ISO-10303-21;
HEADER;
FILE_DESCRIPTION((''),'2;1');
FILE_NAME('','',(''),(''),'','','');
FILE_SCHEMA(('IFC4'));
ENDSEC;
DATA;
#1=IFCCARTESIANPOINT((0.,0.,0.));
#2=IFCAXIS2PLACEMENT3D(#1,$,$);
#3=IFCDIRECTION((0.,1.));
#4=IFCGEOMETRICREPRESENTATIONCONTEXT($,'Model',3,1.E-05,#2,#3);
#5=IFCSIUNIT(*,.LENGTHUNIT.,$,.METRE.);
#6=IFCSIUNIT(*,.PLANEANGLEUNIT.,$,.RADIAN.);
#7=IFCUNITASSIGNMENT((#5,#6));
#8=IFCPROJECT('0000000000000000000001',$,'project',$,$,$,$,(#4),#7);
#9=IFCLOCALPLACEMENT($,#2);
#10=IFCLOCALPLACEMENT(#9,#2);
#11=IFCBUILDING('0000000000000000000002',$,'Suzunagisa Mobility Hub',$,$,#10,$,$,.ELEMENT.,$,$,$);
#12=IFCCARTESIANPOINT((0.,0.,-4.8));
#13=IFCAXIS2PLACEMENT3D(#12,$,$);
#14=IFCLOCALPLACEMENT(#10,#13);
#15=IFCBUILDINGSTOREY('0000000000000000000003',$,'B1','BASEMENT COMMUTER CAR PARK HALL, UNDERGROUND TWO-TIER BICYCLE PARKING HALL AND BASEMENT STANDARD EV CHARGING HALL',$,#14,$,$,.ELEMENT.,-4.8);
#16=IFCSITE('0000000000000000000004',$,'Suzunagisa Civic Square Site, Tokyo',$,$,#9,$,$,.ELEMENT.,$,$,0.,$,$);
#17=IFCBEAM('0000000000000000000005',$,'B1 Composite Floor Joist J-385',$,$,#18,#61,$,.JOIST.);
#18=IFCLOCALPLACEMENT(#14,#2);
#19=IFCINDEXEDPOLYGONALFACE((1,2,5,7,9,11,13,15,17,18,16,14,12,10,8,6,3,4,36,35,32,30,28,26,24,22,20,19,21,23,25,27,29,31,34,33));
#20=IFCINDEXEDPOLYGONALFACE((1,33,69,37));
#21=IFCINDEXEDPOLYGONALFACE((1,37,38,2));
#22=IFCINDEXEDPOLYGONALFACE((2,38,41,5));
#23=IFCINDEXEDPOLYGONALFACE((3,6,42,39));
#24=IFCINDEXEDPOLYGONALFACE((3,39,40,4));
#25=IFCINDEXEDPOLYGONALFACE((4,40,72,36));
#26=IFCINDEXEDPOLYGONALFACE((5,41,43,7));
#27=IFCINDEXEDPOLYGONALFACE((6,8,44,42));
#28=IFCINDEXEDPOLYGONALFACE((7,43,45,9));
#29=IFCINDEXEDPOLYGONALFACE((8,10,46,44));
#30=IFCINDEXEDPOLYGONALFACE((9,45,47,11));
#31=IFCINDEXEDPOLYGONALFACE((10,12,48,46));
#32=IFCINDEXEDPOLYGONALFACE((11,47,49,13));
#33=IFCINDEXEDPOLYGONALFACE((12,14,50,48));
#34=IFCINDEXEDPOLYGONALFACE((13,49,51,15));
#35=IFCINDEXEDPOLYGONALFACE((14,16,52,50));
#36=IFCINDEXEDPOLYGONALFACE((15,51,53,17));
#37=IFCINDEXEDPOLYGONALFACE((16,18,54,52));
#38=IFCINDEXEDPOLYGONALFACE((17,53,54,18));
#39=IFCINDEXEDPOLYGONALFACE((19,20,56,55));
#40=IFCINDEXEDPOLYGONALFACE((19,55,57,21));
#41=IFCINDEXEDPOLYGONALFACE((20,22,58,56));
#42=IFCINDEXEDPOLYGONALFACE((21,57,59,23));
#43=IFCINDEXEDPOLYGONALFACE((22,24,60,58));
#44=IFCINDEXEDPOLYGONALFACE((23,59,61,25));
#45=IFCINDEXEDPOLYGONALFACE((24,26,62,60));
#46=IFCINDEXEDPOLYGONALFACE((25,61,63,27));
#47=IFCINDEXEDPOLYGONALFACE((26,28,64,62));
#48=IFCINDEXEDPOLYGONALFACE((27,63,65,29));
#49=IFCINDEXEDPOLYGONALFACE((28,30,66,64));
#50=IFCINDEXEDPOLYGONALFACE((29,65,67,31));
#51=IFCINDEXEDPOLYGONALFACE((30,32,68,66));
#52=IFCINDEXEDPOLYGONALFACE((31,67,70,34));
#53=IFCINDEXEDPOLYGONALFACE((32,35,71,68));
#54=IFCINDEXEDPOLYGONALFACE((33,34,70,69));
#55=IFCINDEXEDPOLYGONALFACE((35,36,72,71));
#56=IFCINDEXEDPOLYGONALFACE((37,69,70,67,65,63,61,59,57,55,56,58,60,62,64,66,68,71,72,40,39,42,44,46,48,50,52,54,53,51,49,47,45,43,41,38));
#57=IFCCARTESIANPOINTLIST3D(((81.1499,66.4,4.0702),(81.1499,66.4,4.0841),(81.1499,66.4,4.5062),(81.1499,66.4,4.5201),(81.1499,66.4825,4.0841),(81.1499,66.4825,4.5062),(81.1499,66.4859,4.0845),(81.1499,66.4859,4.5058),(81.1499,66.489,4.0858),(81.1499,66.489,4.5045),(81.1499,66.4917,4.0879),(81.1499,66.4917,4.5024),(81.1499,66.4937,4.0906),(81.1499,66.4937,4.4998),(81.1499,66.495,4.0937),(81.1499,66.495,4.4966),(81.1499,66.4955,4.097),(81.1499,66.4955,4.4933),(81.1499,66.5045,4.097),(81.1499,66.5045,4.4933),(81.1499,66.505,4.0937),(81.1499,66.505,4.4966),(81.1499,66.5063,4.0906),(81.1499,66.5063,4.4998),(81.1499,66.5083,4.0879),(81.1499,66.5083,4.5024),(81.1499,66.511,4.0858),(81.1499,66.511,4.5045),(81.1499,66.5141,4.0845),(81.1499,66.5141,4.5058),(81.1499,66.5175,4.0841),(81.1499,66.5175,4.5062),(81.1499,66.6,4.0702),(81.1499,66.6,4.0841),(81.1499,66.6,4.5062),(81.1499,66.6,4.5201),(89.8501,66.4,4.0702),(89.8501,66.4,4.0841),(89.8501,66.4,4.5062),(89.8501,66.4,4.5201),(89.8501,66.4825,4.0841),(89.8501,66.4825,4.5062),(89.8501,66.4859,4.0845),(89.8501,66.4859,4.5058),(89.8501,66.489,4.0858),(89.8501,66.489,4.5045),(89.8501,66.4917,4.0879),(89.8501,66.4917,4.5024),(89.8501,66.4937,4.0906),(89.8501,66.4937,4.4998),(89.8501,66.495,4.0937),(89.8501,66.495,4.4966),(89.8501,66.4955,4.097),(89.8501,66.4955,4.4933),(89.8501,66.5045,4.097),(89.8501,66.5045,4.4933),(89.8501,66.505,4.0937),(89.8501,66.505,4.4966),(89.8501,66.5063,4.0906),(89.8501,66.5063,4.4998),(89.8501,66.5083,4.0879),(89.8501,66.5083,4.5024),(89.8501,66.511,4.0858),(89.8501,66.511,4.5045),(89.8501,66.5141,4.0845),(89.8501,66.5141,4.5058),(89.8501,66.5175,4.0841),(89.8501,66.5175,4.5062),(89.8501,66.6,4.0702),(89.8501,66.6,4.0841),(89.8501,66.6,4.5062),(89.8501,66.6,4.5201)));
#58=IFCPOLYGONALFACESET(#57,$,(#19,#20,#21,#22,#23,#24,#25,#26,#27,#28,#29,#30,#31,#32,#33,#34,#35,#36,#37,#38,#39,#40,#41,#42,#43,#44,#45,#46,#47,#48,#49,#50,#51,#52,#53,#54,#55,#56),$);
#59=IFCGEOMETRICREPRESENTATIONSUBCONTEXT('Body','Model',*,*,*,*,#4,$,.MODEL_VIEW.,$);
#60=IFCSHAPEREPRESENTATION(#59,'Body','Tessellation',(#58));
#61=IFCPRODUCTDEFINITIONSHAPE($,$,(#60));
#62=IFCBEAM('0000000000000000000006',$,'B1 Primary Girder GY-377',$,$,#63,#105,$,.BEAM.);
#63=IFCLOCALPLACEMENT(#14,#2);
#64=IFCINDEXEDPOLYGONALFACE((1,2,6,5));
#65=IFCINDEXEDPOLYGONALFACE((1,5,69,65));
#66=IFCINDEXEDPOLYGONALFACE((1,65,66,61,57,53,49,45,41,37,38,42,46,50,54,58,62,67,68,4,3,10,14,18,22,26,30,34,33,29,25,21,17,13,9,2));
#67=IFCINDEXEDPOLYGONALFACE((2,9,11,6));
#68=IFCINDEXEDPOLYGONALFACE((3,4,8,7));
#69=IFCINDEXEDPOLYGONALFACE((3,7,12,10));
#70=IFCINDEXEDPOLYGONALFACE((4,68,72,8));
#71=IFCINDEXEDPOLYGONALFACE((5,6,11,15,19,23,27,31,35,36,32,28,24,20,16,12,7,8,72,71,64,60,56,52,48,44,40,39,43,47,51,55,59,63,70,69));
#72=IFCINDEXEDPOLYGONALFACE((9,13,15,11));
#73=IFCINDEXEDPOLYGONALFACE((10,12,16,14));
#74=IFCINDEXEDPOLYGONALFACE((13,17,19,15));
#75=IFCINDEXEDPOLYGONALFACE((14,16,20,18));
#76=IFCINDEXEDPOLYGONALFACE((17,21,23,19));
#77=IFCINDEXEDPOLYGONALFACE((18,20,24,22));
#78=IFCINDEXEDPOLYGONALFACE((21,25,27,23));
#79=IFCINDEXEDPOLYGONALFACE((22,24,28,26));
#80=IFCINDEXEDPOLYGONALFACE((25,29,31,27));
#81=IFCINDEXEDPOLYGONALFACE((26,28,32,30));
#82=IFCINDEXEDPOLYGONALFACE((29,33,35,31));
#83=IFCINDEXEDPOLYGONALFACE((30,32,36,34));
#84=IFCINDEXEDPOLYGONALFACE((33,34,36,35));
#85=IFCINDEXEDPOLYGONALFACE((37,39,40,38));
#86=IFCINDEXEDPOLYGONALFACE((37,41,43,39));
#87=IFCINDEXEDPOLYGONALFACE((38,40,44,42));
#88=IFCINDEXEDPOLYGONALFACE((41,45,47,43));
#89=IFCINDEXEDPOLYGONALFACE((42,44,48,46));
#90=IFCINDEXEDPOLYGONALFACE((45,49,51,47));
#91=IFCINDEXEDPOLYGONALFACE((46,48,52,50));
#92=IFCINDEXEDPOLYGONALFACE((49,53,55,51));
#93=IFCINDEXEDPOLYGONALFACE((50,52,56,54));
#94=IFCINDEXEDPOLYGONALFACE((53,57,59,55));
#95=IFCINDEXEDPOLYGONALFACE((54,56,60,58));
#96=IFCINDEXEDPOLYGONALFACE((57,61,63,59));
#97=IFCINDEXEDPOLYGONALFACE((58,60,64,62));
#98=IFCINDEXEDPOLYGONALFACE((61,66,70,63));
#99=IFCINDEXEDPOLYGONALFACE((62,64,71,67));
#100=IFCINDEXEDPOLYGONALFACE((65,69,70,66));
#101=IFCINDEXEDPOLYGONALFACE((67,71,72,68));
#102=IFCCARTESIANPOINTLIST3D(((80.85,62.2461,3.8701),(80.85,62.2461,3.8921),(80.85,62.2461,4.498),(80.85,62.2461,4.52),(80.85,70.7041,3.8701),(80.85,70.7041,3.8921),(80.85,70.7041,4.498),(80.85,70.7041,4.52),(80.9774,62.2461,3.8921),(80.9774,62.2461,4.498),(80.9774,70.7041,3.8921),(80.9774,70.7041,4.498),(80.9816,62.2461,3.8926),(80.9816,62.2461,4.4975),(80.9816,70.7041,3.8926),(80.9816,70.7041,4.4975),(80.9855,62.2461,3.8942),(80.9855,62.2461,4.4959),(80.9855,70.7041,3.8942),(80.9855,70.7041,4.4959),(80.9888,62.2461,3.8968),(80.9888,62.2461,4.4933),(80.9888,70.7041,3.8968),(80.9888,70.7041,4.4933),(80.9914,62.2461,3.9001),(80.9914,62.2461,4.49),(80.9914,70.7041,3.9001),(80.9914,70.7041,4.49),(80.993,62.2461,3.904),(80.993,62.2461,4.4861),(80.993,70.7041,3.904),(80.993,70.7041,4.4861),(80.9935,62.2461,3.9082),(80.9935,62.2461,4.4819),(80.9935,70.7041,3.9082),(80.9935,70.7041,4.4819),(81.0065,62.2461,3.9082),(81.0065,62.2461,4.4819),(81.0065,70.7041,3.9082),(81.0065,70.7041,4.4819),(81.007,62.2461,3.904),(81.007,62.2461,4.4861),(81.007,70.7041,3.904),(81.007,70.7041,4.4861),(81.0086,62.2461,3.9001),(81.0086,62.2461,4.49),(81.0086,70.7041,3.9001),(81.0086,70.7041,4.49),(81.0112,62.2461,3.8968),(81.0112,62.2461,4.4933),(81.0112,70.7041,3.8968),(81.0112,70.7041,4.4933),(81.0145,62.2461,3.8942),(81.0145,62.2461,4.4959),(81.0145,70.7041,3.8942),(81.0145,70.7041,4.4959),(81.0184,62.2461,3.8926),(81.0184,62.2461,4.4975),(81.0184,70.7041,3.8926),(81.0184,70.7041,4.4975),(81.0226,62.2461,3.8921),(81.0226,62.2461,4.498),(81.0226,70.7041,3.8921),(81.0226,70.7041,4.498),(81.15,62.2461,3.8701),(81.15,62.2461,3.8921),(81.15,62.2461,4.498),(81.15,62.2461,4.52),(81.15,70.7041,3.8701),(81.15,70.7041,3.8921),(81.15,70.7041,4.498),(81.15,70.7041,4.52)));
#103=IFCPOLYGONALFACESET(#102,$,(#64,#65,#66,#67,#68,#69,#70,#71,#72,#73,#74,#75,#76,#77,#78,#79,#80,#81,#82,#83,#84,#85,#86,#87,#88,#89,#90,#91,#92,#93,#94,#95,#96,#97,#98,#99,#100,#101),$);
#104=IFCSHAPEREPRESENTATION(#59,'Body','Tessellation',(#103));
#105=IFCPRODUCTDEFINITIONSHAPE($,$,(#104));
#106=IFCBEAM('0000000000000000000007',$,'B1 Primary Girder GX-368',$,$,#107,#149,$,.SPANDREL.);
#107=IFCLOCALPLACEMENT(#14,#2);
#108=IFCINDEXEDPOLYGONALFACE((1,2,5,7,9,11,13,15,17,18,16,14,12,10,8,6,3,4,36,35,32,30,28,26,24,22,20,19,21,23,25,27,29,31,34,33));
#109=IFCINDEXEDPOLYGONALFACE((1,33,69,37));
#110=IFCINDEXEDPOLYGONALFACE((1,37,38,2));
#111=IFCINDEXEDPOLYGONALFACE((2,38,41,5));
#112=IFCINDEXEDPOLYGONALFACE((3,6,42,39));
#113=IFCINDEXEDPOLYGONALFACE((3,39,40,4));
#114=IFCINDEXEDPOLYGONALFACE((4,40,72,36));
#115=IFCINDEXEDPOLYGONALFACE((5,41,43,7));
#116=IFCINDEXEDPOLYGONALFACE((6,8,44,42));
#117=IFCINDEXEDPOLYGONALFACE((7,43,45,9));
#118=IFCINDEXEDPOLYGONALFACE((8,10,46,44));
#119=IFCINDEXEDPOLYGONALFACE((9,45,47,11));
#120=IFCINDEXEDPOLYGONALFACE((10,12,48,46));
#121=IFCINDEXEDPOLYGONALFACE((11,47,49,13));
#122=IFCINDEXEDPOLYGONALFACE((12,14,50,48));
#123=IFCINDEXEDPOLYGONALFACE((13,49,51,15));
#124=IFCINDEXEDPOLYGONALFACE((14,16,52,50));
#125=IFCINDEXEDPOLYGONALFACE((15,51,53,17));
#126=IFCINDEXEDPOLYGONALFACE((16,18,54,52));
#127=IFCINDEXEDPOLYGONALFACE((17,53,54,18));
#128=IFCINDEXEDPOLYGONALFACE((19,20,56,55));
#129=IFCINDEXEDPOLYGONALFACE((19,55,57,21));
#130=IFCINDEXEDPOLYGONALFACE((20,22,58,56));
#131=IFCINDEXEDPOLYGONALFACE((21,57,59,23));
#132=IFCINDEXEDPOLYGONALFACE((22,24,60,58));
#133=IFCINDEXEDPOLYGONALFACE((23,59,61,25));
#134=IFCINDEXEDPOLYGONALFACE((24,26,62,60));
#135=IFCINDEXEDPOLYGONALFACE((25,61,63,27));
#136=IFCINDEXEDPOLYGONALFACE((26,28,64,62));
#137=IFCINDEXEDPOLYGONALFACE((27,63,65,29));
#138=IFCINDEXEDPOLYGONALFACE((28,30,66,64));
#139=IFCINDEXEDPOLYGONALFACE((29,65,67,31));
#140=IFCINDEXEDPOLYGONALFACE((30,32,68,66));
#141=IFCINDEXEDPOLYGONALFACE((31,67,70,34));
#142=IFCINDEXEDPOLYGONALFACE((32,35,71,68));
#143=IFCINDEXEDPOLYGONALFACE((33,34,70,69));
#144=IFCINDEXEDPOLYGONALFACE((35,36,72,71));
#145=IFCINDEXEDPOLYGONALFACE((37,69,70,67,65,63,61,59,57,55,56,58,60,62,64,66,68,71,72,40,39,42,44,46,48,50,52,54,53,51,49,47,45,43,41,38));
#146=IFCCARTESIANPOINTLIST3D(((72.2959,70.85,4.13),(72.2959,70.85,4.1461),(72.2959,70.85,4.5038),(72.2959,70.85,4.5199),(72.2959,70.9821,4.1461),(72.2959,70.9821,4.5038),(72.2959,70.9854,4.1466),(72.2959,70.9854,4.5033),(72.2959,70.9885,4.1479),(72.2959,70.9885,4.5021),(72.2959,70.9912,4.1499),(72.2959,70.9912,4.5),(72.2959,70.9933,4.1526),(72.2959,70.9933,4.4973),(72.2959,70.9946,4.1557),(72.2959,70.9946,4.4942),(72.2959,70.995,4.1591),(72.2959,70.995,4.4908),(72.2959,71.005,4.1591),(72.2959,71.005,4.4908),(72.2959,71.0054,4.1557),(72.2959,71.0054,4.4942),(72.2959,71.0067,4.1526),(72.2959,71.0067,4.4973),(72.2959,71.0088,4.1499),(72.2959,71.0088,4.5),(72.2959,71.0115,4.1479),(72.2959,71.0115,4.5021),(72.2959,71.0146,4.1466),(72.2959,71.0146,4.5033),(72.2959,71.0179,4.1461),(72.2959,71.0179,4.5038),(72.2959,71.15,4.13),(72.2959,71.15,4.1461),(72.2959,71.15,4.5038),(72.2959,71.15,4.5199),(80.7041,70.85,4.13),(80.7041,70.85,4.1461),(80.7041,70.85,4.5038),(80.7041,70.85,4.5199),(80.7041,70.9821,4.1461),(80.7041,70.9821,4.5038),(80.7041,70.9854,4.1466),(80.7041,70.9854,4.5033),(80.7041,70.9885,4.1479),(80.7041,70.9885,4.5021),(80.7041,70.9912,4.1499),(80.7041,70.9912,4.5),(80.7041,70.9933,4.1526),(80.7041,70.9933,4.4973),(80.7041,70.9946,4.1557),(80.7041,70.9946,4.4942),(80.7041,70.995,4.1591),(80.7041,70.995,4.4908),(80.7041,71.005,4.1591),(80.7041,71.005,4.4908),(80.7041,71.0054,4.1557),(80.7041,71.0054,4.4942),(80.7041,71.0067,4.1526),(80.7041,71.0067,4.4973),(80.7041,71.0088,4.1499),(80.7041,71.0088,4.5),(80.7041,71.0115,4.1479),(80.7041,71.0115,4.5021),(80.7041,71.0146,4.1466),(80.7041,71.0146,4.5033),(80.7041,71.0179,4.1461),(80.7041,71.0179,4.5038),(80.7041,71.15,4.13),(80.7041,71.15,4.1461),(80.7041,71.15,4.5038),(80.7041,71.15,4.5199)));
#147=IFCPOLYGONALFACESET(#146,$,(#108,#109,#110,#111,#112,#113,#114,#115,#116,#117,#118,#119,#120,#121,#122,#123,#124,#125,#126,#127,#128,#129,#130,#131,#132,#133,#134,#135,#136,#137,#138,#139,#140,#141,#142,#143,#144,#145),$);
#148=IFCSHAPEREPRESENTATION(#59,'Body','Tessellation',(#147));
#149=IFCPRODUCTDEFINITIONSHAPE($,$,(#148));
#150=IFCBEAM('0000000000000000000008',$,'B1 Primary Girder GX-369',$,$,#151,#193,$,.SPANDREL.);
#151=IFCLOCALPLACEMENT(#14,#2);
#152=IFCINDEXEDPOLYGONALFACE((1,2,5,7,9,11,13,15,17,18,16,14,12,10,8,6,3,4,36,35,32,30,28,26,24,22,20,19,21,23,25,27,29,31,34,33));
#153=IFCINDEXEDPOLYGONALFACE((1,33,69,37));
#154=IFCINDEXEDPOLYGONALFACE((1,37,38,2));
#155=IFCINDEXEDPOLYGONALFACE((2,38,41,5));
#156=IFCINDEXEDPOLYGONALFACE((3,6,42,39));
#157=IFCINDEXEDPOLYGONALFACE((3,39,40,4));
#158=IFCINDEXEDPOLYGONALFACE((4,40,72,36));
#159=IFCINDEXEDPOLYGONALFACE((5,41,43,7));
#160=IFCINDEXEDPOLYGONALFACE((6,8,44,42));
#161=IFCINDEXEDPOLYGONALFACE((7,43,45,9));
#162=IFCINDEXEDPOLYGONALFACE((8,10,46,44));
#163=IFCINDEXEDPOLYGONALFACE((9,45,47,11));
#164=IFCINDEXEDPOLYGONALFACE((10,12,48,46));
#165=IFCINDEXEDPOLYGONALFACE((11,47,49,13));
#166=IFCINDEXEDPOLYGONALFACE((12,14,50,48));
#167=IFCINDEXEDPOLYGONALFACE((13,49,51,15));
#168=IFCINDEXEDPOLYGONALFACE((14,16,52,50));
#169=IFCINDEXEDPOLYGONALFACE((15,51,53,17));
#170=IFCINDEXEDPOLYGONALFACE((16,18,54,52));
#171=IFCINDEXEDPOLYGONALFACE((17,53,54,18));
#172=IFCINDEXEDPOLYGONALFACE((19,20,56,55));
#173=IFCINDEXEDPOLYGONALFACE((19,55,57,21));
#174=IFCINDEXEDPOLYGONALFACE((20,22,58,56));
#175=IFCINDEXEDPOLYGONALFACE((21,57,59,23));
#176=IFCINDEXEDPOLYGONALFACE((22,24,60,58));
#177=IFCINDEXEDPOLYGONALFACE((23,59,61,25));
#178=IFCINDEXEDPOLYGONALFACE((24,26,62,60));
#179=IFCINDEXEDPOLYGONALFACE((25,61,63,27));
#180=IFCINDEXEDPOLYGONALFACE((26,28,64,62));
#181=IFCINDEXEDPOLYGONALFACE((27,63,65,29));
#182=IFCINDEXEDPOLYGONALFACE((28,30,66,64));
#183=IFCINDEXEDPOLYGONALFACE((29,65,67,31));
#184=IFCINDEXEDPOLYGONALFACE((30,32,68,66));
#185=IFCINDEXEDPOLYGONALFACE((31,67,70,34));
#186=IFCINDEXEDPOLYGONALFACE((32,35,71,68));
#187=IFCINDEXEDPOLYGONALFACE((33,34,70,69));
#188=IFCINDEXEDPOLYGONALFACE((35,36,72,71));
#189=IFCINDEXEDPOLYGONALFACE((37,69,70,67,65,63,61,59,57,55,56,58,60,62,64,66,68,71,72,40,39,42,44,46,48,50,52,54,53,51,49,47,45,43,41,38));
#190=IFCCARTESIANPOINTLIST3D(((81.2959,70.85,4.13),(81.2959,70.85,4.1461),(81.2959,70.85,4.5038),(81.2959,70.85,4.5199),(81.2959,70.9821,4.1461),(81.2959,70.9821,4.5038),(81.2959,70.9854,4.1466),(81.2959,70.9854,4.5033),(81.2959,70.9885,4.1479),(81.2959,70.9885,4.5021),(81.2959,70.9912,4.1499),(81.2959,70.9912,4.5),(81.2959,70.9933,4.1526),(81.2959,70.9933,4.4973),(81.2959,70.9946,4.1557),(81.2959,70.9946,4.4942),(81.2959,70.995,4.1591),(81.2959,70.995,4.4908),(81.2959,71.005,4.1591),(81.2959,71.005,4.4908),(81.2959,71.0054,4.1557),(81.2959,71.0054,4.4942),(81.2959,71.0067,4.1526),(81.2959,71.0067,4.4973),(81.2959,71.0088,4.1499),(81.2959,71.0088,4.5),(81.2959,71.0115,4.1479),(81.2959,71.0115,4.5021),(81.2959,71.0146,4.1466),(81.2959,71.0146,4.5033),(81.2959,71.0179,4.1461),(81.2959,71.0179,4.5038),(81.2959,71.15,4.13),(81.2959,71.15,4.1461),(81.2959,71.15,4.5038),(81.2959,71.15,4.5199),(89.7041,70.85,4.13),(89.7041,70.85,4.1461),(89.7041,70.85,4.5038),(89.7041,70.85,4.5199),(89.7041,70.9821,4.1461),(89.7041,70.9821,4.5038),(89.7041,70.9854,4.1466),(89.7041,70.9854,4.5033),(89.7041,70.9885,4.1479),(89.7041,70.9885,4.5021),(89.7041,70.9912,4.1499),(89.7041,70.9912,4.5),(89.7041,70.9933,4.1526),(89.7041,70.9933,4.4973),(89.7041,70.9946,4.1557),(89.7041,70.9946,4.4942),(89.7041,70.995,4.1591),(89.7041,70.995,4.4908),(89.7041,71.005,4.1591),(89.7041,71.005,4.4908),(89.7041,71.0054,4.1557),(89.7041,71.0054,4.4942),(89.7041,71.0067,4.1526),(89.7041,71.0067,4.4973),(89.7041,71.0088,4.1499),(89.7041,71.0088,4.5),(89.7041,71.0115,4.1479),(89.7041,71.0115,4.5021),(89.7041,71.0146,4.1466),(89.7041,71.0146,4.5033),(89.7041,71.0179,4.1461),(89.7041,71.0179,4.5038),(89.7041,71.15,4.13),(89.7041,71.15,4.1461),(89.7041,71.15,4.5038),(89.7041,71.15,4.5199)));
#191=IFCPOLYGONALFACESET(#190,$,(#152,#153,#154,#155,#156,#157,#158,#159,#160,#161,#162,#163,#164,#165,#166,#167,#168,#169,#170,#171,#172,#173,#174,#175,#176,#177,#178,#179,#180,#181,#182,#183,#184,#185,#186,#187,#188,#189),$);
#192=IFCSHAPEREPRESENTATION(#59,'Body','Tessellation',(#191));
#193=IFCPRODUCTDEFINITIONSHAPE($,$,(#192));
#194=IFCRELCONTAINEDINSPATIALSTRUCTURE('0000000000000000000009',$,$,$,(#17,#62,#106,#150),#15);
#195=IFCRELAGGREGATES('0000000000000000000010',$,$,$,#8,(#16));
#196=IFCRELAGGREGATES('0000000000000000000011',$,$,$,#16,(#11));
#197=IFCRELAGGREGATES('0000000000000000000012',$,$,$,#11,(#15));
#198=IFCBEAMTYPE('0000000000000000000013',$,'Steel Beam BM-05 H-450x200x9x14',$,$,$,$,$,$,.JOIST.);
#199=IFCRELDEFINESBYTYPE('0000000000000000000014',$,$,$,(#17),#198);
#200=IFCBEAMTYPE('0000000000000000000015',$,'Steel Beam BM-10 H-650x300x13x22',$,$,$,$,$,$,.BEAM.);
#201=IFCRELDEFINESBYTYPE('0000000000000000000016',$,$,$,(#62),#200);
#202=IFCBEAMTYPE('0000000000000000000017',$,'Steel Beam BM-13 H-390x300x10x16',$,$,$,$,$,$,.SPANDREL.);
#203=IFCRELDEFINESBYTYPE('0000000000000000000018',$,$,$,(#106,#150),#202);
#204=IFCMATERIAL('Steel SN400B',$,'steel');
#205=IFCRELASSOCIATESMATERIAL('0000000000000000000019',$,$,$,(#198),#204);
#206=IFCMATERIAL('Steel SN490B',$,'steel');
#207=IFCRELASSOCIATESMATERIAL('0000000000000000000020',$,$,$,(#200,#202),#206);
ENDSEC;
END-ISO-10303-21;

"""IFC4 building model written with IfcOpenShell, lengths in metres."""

from ifc_helpers import new_model, si_unit, direction, frame, origin, origin_2d, place, context, subcontext, project, spatial, i_section, extrude, material, material_profile, profile_set, type_object, element, save


model = new_model("IFC4")

# Units and contexts
model_context = context("Model", 3, precision=1e-05, world=origin(), true_north=direction((0.0, 1.0)))
body_context = subcontext(model_context, "Body", "Model", "MODEL_VIEW")
ifc_project = project(units=[si_unit("LENGTHUNIT", "METRE"), si_unit("PLANEANGLEUNIT", "RADIAN")], contexts=[model_context])

# Site, building, storey
site_placement = place(None, origin())
site = spatial("IfcSite", under=ifc_project, at=site_placement, Name="Suzunagisa Civic Square Site, Tokyo", CompositionType="ELEMENT", RefElevation=0.0)
building_placement = place(site_placement, origin())
building = spatial("IfcBuilding", under=site, at=building_placement, Name="Suzunagisa Mobility Hub", CompositionType="ELEMENT")
storey_placement = place(building_placement, frame((0.0, 0.0, -4.8)))
storey = spatial("IfcBuildingStorey", under=building, at=storey_placement, Name="B1", Description="BASEMENT COMMUTER CAR PARK HALL, UNDERGROUND TWO-TIER BICYCLE PARKING HALL AND BASEMENT STANDARD EV CHARGING HALL", CompositionType="ELEMENT", Elevation=-4.8)

# Shared definitions
ifc_material_1 = material(Name="Steel SN490B", Category="steel")

# Beams
ifc_material_2 = material(Name="Steel SN400B", Category="steel")
ifc_material_profile_1 = material_profile(ifc_material_2, i_section(OverallWidth=0.2, OverallDepth=0.45, WebThickness=0.009, FlangeThickness=0.0139, FilletRadius=0.0129, at=origin_2d()), Name="H-450x200x9x14")
ifc_profile_set_1 = profile_set([ifc_material_profile_1], Name="Steel SN400B")
beam_type_1 = type_object("IfcBeamType", Name="Steel Beam BM-05 H-450x200x9x14", PredefinedType="JOIST", material=ifc_profile_set_1)
beam_1_placement = place(storey_placement, frame((81.1499, 66.5, 4.2952), z_axis=(1.0, 0.0, 0.0), x_axis=(0.0, 1.0, 0.0)))
element("IfcBeam", 1, at=beam_1_placement, inside=storey, type_object=beam_type_1, Name="B1 Composite Floor Joist J-385", PredefinedType="JOIST", context=body_context, shape_type="SweptSolid", body=[
    extrude(i_section(OverallWidth=0.2, OverallDepth=0.45, WebThickness=0.009, FlangeThickness=0.0139, FilletRadius=0.0129, at=origin_2d()), origin(), (0.0, 0.0, 1.0), 8.7002),
])
ifc_material_profile_2 = material_profile(ifc_material_1, i_section(OverallWidth=0.3, OverallDepth=0.6499, WebThickness=0.0129, FlangeThickness=0.022, FilletRadius=0.0161, at=origin_2d()), Name="H-650x300x13x22")
ifc_profile_set_2 = profile_set([ifc_material_profile_2], Name="Steel SN490B")
beam_type_2 = type_object("IfcBeamType", Name="Steel Beam BM-10 H-650x300x13x22", PredefinedType="BEAM", material=ifc_profile_set_2)
beam_2_placement = place(storey_placement, frame((81.0, 62.2461, 4.1951), z_axis=(0.0, 1.0, 0.0), x_axis=(-1.0, 0.0, 0.0)))
element("IfcBeam", 2, at=beam_2_placement, inside=storey, type_object=beam_type_2, Name="B1 Primary Girder GY-377", PredefinedType="BEAM", context=body_context, shape_type="SweptSolid", body=[
    extrude(i_section(OverallWidth=0.3, OverallDepth=0.6499, WebThickness=0.0129, FlangeThickness=0.022, FilletRadius=0.0161, at=origin_2d()), origin(), (0.0, 0.0, 1.0), 8.458),
])
ifc_material_profile_3 = material_profile(ifc_material_1, i_section(OverallWidth=0.3, OverallDepth=0.3899, WebThickness=0.01, FlangeThickness=0.0161, FilletRadius=0.0129, at=origin_2d()), Name="H-390x300x10x16")
ifc_profile_set_3 = profile_set([ifc_material_profile_3], Name="Steel SN490B")
beam_type_3 = type_object("IfcBeamType", Name="Steel Beam BM-13 H-390x300x10x16", PredefinedType="SPANDREL", material=ifc_profile_set_3)
for number, where, z_axis, x_axis, name in (
    (3, (72.2959, 71.0, 4.325), (1.0, 0.0, 0.0), (0.0, 1.0, 0.0), "B1 Primary Girder GX-368"),
    (4, (81.2959, 71.0, 4.325), (1.0, 0.0, 0.0), (0.0, 1.0, 0.0), "B1 Primary Girder GX-369"),
):
    element("IfcBeam", number, at=place(storey_placement, frame(where, z_axis=z_axis, x_axis=x_axis)), inside=storey, type_object=beam_type_3, Name=name, PredefinedType="SPANDREL", context=body_context, shape_type="SweptSolid", body=[
        extrude(i_section(OverallWidth=0.3, OverallDepth=0.3899, WebThickness=0.01, FlangeThickness=0.0161, FilletRadius=0.0129, at=origin_2d()), origin(), (0.0, 0.0, 1.0), 8.4082),
    ])

save(model, "model.ifc")
